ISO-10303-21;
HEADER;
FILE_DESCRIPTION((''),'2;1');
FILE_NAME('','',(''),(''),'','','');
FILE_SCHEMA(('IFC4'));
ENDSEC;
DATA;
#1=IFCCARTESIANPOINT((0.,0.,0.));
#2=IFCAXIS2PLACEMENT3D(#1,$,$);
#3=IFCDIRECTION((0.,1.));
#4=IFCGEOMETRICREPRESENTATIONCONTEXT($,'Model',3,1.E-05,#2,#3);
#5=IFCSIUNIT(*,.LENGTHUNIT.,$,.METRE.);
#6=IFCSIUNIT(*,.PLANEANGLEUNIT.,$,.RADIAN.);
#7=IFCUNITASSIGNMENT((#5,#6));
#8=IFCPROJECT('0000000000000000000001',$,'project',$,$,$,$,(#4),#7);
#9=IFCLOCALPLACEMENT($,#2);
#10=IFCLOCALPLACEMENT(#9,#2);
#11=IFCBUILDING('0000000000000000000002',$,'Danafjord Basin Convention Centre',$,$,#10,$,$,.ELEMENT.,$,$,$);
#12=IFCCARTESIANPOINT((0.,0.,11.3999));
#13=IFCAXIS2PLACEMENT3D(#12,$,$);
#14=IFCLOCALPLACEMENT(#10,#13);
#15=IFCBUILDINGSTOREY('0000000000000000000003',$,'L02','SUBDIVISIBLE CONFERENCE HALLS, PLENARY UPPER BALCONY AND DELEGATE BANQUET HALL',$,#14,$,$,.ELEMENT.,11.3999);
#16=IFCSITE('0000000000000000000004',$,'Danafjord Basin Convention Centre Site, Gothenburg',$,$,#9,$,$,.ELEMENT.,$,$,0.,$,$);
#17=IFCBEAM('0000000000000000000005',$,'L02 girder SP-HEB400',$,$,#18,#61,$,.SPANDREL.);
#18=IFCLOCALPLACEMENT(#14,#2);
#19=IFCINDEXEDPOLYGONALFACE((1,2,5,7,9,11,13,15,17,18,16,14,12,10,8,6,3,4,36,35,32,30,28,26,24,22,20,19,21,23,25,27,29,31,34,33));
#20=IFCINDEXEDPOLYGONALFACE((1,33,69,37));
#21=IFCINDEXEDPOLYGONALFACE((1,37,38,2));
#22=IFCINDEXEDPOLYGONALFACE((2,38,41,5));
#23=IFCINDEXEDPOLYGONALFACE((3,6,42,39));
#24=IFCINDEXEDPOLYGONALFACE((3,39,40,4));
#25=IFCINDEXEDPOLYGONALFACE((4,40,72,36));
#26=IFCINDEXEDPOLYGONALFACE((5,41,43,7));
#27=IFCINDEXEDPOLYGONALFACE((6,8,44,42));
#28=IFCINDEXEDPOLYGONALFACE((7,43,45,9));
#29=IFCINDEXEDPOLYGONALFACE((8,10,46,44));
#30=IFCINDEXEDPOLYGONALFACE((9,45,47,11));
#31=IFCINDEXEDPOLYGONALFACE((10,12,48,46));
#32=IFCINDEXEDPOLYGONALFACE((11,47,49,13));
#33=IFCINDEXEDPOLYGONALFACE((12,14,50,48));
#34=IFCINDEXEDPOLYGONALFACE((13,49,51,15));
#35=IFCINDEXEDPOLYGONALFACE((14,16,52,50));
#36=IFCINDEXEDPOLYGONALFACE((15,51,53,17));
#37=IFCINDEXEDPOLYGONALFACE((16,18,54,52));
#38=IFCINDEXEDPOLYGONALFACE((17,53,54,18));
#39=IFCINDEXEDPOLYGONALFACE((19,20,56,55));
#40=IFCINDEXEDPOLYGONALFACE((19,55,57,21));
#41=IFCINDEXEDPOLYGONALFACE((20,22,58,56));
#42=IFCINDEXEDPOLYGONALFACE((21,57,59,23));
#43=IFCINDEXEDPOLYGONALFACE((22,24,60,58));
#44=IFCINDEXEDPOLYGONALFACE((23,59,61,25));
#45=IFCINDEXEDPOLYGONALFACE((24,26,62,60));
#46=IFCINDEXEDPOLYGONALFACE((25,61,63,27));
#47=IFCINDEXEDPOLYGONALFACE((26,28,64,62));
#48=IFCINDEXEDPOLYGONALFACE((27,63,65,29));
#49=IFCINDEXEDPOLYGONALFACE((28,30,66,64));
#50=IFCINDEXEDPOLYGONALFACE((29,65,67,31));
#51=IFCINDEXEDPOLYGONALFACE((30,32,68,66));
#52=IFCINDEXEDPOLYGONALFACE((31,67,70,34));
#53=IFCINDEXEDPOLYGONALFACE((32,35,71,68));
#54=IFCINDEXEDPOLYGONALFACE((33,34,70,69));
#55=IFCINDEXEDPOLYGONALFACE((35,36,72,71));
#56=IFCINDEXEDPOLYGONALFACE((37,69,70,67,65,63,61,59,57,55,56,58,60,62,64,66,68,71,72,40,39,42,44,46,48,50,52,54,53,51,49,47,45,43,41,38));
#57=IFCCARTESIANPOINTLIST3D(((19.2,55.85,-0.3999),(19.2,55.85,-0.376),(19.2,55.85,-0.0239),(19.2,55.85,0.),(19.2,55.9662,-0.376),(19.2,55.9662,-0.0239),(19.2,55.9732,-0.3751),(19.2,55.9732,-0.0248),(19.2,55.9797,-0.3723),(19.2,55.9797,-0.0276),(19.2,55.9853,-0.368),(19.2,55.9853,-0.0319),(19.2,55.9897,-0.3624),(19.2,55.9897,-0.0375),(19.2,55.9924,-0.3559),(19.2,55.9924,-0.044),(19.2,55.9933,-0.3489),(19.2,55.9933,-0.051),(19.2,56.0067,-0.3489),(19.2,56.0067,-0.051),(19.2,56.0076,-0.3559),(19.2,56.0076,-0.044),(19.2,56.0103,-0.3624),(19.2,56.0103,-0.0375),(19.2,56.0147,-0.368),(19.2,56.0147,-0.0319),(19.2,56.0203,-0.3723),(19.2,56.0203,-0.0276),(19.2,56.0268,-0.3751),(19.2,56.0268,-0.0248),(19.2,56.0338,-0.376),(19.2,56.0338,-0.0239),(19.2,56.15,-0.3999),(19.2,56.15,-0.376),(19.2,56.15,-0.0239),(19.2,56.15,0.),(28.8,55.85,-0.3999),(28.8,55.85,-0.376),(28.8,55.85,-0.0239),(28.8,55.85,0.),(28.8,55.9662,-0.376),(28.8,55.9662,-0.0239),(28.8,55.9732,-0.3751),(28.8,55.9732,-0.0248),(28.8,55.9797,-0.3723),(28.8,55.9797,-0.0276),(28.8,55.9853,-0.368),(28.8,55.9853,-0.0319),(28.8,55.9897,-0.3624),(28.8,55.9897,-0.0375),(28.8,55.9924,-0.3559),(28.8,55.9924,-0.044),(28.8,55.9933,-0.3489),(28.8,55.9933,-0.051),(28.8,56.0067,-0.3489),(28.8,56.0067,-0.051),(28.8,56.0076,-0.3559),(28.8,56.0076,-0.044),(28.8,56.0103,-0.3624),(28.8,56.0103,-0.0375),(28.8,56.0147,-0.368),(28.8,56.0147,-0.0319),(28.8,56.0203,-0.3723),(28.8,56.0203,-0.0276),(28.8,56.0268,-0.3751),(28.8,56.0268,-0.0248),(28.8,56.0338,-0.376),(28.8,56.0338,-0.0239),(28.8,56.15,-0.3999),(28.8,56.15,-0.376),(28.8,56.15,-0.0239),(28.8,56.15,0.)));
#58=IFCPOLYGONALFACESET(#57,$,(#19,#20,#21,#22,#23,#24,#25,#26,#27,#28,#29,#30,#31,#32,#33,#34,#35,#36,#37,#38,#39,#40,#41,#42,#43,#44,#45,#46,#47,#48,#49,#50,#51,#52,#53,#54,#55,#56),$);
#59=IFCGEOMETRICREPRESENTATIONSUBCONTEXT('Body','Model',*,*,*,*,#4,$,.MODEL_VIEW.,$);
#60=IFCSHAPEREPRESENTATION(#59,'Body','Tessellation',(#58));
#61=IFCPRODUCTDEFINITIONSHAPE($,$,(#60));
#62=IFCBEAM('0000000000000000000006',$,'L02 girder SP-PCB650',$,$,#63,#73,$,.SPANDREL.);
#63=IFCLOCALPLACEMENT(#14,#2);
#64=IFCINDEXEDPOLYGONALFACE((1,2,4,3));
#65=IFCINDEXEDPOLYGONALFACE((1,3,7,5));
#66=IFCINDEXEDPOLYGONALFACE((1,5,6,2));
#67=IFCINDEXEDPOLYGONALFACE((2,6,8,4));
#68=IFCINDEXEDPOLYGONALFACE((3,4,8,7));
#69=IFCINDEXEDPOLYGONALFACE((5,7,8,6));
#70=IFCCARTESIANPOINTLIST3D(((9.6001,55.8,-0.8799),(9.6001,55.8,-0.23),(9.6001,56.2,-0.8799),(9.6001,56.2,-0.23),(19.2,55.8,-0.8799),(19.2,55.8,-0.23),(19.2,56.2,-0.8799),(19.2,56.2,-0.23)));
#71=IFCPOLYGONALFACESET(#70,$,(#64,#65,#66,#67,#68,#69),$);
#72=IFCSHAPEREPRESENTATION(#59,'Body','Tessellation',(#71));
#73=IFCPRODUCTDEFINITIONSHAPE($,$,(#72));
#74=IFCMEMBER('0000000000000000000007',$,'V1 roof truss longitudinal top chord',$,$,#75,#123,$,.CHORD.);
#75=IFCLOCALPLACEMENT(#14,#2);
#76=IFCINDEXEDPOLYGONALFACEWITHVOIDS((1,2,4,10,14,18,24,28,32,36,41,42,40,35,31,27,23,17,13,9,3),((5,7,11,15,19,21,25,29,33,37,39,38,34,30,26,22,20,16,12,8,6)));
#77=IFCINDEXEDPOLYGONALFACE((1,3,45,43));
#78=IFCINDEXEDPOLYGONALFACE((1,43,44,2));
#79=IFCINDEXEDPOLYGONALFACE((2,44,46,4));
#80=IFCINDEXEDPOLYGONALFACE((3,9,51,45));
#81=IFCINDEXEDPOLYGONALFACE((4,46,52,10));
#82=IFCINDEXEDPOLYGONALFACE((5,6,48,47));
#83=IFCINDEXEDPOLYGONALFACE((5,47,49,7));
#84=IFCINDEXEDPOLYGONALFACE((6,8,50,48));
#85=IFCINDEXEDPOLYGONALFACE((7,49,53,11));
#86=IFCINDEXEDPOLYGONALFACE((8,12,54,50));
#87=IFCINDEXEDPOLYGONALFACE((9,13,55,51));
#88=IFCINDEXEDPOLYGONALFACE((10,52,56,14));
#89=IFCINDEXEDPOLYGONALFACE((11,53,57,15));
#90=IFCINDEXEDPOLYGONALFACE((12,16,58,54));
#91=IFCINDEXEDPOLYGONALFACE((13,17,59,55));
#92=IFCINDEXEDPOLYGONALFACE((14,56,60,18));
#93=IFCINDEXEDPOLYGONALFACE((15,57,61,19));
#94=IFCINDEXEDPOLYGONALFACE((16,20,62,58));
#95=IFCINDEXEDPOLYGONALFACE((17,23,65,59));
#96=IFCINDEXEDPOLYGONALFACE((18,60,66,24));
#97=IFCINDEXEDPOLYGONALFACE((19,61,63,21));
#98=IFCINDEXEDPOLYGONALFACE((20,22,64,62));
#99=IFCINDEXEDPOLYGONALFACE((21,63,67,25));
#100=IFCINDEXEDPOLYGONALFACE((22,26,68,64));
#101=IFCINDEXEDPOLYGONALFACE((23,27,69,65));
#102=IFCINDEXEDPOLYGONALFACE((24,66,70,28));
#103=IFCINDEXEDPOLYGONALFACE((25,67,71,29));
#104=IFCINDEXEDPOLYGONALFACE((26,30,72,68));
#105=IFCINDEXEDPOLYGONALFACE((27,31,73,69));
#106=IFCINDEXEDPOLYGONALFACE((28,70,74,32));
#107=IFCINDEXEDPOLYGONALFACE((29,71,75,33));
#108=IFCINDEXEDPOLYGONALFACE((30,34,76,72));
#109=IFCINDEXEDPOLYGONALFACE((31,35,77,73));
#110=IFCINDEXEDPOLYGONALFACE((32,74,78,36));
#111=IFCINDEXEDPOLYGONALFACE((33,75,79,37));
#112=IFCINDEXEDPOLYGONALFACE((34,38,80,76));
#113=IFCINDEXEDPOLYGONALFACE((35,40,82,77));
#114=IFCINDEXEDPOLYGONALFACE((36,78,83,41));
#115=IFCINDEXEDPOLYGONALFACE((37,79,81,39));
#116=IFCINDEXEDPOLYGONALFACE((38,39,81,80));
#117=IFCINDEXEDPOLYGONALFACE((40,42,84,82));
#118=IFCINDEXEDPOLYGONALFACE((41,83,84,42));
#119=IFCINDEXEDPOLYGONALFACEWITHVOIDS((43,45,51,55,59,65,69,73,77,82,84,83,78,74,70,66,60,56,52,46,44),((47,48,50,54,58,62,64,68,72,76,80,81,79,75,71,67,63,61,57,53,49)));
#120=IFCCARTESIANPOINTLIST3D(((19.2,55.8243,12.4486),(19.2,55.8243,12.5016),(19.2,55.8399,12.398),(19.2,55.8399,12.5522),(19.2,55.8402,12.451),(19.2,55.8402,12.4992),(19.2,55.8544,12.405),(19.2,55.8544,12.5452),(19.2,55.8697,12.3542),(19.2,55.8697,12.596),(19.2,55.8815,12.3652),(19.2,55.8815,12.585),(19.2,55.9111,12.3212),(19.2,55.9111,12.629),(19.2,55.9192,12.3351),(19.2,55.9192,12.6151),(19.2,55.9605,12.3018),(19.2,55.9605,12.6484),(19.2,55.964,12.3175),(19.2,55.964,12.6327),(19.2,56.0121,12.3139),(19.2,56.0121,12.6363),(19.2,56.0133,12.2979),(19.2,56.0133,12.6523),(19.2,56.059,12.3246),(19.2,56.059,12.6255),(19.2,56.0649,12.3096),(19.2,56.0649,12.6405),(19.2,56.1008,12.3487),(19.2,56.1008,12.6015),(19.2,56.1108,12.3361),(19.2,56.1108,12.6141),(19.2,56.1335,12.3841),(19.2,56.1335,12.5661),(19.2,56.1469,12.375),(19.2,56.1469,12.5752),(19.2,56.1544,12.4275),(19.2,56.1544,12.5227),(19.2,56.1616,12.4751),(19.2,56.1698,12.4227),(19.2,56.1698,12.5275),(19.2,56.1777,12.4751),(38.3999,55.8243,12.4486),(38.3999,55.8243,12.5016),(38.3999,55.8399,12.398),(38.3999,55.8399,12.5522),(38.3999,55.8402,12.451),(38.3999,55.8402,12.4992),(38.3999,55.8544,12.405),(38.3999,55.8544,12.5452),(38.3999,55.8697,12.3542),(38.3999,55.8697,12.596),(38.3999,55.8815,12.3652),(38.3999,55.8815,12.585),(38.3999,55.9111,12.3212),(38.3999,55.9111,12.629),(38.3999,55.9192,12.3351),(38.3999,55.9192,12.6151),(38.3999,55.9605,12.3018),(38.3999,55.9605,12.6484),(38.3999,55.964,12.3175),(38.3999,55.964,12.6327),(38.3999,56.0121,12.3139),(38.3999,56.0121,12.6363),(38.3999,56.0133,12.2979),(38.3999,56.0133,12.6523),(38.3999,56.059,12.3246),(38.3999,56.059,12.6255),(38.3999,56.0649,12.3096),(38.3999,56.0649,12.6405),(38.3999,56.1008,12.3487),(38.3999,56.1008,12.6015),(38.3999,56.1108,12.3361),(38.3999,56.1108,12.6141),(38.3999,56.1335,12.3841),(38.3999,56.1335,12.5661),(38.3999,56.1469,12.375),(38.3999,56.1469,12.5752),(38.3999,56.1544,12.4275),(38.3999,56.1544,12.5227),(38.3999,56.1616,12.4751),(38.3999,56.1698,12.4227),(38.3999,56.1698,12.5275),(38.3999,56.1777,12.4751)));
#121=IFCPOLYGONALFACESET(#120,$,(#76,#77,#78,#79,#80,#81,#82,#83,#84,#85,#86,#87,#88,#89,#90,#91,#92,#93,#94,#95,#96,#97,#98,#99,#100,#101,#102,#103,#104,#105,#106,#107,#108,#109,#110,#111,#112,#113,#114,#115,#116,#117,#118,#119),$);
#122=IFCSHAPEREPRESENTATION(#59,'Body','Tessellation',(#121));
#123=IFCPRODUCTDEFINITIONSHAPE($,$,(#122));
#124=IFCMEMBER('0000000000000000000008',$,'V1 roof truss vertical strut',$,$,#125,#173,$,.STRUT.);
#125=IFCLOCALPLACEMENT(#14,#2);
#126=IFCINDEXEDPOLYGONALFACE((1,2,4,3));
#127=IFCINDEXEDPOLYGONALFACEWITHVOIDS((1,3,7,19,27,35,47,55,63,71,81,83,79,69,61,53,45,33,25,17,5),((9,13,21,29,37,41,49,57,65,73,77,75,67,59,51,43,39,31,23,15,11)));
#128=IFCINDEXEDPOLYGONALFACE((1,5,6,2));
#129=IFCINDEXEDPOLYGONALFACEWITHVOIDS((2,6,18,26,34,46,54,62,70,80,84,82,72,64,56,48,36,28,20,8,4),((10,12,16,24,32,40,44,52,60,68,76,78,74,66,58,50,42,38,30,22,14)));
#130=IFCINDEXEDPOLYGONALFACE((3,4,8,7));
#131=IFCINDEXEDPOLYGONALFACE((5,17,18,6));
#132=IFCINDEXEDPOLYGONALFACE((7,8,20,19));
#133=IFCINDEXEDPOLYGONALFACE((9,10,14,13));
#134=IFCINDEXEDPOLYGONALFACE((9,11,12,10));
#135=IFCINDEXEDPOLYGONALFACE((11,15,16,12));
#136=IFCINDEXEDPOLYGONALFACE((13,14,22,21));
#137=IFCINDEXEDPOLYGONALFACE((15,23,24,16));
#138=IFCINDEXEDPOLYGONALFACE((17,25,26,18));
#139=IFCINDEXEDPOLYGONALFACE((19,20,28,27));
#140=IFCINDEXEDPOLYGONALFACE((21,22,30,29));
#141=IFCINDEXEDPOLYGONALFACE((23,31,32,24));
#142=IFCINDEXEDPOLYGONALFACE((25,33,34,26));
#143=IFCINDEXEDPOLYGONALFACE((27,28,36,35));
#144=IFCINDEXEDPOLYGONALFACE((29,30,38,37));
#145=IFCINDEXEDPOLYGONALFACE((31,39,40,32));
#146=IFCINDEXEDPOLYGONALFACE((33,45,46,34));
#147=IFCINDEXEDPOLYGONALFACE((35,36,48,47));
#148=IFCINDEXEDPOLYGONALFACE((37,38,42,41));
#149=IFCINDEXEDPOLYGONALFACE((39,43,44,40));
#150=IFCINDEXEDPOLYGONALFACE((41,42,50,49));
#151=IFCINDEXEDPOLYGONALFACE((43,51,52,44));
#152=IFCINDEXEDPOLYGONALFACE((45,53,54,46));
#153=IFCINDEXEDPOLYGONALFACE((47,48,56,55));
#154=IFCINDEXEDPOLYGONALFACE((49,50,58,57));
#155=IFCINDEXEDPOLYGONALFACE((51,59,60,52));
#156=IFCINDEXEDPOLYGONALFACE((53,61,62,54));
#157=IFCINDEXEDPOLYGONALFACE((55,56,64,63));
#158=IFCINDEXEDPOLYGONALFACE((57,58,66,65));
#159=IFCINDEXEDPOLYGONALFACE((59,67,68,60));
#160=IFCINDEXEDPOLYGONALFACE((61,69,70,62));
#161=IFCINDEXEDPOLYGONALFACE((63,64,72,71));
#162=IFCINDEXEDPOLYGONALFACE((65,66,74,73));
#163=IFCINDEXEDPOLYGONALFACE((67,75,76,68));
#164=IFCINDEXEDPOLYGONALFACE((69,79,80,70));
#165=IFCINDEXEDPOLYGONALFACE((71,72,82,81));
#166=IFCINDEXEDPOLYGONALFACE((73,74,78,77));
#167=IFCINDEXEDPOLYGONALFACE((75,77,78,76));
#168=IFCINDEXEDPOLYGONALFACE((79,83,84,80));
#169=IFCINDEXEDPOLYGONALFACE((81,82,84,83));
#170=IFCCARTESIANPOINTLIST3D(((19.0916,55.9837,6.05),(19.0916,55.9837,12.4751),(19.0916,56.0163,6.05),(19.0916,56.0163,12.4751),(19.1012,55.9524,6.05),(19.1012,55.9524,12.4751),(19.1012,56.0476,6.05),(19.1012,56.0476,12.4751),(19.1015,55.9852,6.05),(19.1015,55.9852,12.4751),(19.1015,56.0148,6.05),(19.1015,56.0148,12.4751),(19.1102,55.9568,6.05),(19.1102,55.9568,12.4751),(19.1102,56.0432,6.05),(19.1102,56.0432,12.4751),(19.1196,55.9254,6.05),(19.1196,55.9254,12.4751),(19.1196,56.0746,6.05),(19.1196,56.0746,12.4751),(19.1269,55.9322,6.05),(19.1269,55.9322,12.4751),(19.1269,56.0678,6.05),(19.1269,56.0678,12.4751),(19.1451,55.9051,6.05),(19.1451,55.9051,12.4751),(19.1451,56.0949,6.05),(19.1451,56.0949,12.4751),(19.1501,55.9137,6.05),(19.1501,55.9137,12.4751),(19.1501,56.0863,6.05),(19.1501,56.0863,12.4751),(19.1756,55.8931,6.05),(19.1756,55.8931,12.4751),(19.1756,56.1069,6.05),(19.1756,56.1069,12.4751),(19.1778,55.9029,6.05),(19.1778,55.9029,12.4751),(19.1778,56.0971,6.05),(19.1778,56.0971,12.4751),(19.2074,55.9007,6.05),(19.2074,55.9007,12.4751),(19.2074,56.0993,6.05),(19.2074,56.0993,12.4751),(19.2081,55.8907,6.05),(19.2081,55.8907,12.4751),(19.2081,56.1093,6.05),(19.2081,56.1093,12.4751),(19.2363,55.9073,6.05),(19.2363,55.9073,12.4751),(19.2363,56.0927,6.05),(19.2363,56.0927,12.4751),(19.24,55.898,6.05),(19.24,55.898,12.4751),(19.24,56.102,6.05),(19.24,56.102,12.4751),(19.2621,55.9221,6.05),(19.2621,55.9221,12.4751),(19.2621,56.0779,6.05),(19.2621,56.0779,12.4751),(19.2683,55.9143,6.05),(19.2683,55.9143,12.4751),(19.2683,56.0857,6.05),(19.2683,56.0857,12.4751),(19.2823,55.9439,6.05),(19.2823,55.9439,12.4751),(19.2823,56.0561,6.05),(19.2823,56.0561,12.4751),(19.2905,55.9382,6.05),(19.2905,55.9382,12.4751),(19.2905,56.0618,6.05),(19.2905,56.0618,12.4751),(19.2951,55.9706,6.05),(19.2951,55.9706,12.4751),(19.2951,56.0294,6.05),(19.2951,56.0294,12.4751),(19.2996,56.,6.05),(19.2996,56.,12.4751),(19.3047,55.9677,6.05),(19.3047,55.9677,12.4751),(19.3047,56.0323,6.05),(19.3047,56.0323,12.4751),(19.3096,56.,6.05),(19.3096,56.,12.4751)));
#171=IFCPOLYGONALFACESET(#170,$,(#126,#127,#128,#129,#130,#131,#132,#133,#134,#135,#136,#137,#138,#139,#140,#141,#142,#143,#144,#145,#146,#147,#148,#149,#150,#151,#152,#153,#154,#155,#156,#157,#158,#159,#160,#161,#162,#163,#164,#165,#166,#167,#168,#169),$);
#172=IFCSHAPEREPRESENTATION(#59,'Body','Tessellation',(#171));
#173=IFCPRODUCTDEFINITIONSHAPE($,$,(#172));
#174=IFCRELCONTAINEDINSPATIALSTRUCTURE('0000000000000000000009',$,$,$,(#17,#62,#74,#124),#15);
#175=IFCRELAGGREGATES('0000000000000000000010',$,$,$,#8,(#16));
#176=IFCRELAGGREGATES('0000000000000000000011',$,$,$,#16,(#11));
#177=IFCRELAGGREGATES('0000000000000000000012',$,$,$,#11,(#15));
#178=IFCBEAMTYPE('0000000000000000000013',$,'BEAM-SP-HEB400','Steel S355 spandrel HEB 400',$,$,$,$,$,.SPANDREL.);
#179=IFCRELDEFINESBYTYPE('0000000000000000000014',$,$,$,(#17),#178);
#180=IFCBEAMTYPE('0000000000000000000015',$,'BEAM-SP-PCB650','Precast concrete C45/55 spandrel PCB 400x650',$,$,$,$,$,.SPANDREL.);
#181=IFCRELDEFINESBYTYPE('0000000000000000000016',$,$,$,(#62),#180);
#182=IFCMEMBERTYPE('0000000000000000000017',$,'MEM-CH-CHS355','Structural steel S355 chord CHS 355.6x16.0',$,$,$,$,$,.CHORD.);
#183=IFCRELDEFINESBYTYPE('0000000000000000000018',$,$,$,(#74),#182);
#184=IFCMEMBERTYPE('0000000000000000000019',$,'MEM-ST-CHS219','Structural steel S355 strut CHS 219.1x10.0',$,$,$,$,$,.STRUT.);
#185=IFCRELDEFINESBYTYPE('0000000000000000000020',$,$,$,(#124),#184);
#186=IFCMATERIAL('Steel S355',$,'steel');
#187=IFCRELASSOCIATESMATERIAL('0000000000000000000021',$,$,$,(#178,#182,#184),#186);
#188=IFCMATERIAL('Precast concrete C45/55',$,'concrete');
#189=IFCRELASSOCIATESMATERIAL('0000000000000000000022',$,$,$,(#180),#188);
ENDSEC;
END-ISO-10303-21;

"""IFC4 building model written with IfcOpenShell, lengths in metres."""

from ifc_helpers import new_model, si_unit, direction, frame, origin, origin_2d, place, context, subcontext, project, spatial, rectangle, hollow_circle, i_section, extrude, material, material_profile, profile_set, type_object, element, save


model = new_model("IFC4")

# Units and contexts
model_context = context("Model", 3, precision=1e-05, world=origin(), true_north=direction((0.0, 1.0)))
body_context = subcontext(model_context, "Body", "Model", "MODEL_VIEW")
ifc_project = project(units=[si_unit("LENGTHUNIT", "METRE"), si_unit("PLANEANGLEUNIT", "RADIAN")], contexts=[model_context])

# Site, building, storey
site_placement = place(None, origin())
site = spatial("IfcSite", under=ifc_project, at=site_placement, Name="Danafjord Basin Convention Centre Site, Gothenburg", CompositionType="ELEMENT", RefElevation=0.0)
building_placement = place(site_placement, origin())
building = spatial("IfcBuilding", under=site, at=building_placement, Name="Danafjord Basin Convention Centre", CompositionType="ELEMENT")
storey_placement = place(building_placement, frame((0.0, 0.0, 11.3999)))
storey = spatial("IfcBuildingStorey", under=building, at=storey_placement, Name="L02", Description="SUBDIVISIBLE CONFERENCE HALLS, PLENARY UPPER BALCONY AND DELEGATE BANQUET HALL", CompositionType="ELEMENT", Elevation=11.3999)

# Beams
ifc_material_1 = material(Name="Steel S355", Category="steel")
ifc_material_profile_1 = material_profile(ifc_material_1, i_section(OverallWidth=0.3, OverallDepth=0.3999, WebThickness=0.0134, FlangeThickness=0.0239, FilletRadius=0.0271, at=origin_2d()), Name="HEB 400")
ifc_profile_set_1 = profile_set([ifc_material_profile_1], Name="Steel S355")
beam_type_1 = type_object("IfcBeamType", Name="BEAM-SP-HEB400", Description="Steel S355 spandrel HEB 400", PredefinedType="SPANDREL", material=ifc_profile_set_1)
beam_1_placement = place(storey_placement, frame((19.2, 56.0, -0.2), z_axis=(1.0, 0.0, 0.0), x_axis=(0.0, 1.0, 0.0)))
element("IfcBeam", 1, at=beam_1_placement, inside=storey, type_object=beam_type_1, Name="L02 girder SP-HEB400", PredefinedType="SPANDREL", context=body_context, shape_type="SweptSolid", body=[
    extrude(i_section(OverallWidth=0.3, OverallDepth=0.3999, WebThickness=0.0134, FlangeThickness=0.0239, FilletRadius=0.0271, at=origin_2d()), origin(), (0.0, 0.0, 1.0), 9.6001),
])
ifc_material_2 = material(Name="Precast concrete C45/55", Category="concrete")
ifc_material_profile_2 = material_profile(ifc_material_2, rectangle(XDim=0.3999, YDim=0.6499, at=origin_2d()), Name="PCB 400x650")
ifc_profile_set_2 = profile_set([ifc_material_profile_2], Name="Precast concrete C45/55")
beam_type_2 = type_object("IfcBeamType", Name="BEAM-SP-PCB650", Description="Precast concrete C45/55 spandrel PCB 400x650", PredefinedType="SPANDREL", material=ifc_profile_set_2)
beam_2_placement = place(storey_placement, frame((9.6001, 56.0, -0.5549), z_axis=(1.0, 0.0, 0.0), x_axis=(0.0, 1.0, 0.0)))
element("IfcBeam", 2, at=beam_2_placement, inside=storey, type_object=beam_type_2, Name="L02 girder SP-PCB650", PredefinedType="SPANDREL", context=body_context, shape_type="SweptSolid", body=[
    extrude(rectangle(XDim=0.3999, YDim=0.6499, at=origin_2d()), origin(), (0.0, 0.0, 1.0), 9.5999),
])

# Members
ifc_material_profile_3 = material_profile(ifc_material_1, hollow_circle(Radius=0.1777, WallThickness=0.0161, at=origin_2d()), Name="CHS 355.6x16.0")
ifc_profile_set_3 = profile_set([ifc_material_profile_3], Name="Steel S355")
member_type_1 = type_object("IfcMemberType", Name="MEM-CH-CHS355", Description="Structural steel S355 chord CHS 355.6x16.0", PredefinedType="CHORD", material=ifc_profile_set_3)
member_1_placement = place(storey_placement, frame((19.2, 56.0, 12.4751), z_axis=(1.0, 0.0, 0.0), x_axis=(0.0, 1.0, 0.0)))
element("IfcMember", 3, at=member_1_placement, inside=storey, type_object=member_type_1, Name="V1 roof truss longitudinal top chord", PredefinedType="CHORD", context=body_context, shape_type="SweptSolid", body=[
    extrude(hollow_circle(Radius=0.1777, WallThickness=0.0161, at=origin_2d()), origin(), (0.0, 0.0, 1.0), 19.2),
])
ifc_material_profile_4 = material_profile(ifc_material_1, hollow_circle(Radius=0.1096, WallThickness=0.01, at=origin_2d()), Name="CHS 219.1x10.0")
ifc_profile_set_4 = profile_set([ifc_material_profile_4], Name="Steel S355")
member_type_2 = type_object("IfcMemberType", Name="MEM-ST-CHS219", Description="Structural steel S355 strut CHS 219.1x10.0", PredefinedType="STRUT", material=ifc_profile_set_4)
member_2_placement = place(storey_placement, frame((19.2, 56.0, 6.05), z_axis=(0.0, 0.0, 1.0), x_axis=(1.0, 0.0, 0.0)))
element("IfcMember", 4, at=member_2_placement, inside=storey, type_object=member_type_2, Name="V1 roof truss vertical strut", PredefinedType="STRUT", context=body_context, shape_type="SweptSolid", body=[
    extrude(hollow_circle(Radius=0.1096, WallThickness=0.01, at=origin_2d()), origin(), (0.0, 0.0, 1.0), 6.425),
])

save(model, "model.ifc")
